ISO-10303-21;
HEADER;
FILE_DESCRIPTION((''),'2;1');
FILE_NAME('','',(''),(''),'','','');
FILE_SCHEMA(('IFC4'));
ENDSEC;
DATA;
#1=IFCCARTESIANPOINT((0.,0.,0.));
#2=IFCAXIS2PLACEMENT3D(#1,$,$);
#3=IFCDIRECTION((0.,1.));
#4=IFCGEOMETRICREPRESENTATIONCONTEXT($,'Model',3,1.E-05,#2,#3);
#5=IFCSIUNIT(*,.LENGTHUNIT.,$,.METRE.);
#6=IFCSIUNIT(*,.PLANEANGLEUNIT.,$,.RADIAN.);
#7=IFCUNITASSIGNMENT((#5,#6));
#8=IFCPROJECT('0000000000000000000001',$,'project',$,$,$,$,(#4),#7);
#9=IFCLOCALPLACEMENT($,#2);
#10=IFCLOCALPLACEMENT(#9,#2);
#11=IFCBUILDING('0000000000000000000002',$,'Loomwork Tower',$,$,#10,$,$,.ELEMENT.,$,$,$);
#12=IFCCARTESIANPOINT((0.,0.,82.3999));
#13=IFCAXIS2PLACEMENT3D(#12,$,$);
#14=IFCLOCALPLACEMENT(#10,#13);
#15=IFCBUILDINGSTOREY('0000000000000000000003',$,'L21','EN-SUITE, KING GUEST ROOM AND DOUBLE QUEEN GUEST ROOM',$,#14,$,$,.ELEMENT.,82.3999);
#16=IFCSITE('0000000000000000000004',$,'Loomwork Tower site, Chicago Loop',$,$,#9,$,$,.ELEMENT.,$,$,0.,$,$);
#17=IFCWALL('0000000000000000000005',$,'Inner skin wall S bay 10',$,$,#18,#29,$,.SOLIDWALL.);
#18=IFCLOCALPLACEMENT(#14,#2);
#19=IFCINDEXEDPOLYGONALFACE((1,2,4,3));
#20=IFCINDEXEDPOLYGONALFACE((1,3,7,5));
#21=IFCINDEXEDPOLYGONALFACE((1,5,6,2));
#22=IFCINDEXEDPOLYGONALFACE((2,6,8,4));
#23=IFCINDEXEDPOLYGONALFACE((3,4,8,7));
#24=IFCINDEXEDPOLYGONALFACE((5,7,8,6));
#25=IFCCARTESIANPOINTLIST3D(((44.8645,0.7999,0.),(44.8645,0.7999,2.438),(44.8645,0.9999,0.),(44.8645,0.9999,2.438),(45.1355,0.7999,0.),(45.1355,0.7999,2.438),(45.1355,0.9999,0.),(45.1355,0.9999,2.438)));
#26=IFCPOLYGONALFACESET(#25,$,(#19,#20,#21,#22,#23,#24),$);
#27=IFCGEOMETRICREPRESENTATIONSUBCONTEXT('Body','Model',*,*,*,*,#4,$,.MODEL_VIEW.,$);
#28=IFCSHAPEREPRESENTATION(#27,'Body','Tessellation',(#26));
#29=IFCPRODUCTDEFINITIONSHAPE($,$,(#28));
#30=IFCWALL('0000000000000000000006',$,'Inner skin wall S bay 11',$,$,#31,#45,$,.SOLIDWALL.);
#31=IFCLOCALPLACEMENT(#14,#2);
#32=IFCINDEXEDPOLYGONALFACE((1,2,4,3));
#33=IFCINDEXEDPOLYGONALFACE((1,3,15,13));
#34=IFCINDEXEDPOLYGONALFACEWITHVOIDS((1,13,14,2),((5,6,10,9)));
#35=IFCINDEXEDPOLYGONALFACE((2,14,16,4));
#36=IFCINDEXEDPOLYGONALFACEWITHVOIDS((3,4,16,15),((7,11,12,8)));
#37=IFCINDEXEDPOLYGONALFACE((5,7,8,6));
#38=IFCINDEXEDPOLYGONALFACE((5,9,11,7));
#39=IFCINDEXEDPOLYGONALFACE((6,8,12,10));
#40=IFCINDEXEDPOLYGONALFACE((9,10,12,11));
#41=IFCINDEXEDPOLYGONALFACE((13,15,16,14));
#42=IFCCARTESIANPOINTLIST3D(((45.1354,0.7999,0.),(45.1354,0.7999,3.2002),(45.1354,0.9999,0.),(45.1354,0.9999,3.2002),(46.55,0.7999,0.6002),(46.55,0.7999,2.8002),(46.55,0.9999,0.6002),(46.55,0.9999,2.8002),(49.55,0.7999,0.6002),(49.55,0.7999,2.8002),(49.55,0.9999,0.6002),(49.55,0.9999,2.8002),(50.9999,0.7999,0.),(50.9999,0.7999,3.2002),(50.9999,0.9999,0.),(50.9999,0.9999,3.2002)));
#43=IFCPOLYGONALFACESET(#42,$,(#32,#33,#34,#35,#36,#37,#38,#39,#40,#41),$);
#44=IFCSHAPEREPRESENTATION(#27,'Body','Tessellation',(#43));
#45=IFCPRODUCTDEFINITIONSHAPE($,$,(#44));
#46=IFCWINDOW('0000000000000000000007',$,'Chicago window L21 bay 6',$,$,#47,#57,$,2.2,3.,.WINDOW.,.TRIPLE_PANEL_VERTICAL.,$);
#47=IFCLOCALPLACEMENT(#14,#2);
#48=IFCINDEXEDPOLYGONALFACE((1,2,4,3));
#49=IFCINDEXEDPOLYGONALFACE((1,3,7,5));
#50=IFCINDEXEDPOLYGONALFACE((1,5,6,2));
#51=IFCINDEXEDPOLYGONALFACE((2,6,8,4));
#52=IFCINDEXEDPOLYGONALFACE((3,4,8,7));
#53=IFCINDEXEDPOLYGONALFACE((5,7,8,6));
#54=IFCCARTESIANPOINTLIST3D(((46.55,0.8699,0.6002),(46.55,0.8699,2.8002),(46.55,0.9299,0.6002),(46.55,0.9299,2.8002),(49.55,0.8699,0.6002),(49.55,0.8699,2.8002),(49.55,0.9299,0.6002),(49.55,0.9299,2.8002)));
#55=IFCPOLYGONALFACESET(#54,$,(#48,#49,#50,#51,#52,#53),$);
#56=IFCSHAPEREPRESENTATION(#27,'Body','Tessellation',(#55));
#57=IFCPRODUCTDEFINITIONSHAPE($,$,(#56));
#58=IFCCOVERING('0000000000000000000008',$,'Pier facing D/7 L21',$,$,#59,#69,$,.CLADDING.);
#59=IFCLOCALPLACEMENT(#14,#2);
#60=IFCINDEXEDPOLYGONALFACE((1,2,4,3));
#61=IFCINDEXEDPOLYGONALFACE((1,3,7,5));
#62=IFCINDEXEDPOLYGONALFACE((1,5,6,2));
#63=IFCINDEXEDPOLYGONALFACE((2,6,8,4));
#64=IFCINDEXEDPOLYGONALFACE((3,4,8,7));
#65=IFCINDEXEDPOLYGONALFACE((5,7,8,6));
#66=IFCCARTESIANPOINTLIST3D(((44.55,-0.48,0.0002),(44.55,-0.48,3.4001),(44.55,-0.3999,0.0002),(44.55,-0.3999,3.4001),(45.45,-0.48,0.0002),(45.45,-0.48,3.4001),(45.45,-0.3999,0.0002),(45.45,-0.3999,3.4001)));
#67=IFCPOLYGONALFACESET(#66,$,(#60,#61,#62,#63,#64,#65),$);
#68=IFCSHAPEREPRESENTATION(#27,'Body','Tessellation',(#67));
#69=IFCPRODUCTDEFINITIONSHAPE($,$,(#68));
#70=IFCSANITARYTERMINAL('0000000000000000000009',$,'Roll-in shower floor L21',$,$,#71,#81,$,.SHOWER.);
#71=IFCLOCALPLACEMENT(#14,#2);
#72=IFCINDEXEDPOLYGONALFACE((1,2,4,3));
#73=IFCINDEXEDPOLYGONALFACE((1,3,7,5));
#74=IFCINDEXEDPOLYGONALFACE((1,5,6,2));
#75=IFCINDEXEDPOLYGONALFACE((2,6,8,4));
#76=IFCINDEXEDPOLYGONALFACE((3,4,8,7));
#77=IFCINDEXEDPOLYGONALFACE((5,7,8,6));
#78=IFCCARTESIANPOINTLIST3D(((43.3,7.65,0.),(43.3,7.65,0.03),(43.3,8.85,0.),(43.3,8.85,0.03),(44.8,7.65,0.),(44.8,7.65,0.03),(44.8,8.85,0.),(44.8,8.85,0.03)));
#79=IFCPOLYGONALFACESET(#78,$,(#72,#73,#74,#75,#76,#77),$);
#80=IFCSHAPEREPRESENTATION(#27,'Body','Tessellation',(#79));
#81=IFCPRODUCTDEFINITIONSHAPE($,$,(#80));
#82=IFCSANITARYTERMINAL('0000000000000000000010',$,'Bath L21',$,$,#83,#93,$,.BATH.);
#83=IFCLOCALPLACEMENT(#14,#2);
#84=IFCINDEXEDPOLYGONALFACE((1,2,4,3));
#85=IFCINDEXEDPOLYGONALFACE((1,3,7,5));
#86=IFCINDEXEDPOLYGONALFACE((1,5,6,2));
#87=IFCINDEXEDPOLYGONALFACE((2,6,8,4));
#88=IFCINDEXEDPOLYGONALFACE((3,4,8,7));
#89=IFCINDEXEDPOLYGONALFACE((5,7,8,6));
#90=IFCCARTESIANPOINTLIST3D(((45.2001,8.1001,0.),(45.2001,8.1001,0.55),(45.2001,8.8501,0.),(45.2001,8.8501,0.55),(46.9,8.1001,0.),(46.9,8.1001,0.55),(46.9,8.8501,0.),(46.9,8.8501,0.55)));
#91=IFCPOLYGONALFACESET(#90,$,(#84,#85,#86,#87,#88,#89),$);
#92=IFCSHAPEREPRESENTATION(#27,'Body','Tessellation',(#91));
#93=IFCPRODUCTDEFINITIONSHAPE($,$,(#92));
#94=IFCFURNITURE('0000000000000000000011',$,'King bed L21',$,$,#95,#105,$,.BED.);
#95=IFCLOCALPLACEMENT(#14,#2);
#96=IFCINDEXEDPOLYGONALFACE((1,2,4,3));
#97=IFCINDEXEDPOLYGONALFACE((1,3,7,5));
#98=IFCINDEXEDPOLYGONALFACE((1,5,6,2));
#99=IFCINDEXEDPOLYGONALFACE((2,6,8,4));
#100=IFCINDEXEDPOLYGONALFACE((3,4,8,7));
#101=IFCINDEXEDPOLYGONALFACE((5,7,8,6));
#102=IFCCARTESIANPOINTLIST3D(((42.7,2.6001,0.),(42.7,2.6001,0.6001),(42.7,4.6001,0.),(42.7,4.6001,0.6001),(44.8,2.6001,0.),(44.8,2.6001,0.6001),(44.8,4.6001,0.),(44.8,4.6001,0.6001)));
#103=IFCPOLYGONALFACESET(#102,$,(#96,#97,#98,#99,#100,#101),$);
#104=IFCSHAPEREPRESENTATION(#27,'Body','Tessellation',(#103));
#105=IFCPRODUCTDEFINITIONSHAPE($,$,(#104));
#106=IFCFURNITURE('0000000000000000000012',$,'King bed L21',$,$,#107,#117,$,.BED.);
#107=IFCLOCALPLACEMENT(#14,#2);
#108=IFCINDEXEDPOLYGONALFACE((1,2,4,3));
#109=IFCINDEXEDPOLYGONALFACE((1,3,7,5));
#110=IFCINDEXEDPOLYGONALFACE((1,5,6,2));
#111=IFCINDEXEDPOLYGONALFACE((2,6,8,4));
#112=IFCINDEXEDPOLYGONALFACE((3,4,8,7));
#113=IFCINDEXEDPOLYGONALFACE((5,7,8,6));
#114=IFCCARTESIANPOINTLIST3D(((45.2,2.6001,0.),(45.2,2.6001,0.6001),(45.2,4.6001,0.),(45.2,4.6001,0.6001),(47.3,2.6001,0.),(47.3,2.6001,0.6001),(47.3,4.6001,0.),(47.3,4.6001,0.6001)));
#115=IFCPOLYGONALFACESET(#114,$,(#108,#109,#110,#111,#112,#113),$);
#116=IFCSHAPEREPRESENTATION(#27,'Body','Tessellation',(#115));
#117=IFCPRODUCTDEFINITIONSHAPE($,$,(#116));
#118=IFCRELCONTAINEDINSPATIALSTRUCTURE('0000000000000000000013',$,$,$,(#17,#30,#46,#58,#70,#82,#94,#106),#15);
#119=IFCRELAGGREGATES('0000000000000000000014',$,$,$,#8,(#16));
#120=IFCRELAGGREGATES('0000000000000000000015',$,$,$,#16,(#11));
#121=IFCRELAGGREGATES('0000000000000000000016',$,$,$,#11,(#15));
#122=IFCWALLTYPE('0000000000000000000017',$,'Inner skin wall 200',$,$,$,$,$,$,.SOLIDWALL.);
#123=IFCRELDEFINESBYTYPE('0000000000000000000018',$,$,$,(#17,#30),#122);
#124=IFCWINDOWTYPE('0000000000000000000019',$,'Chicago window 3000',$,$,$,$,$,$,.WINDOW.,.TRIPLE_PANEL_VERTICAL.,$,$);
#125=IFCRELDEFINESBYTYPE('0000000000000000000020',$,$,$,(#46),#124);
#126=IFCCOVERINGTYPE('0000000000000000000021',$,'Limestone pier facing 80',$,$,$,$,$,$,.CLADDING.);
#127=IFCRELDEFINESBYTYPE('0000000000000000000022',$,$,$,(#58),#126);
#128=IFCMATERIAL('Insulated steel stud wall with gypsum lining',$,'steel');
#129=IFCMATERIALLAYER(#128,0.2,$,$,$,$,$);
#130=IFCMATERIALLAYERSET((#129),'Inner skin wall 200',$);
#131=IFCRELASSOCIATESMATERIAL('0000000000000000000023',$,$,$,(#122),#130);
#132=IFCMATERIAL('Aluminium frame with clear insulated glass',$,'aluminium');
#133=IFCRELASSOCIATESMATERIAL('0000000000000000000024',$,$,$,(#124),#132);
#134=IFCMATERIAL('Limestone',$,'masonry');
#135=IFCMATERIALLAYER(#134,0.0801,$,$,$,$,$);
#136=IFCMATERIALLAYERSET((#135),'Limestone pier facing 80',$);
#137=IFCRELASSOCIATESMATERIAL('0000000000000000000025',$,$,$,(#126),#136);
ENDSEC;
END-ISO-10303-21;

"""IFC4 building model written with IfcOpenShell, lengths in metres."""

from ifc_helpers import new_model, si_unit, direction, frame, frame_2d, origin, origin_2d, place, context, subcontext, project, spatial, rectangle, extrude, material, layer, layer_set, type_object, element, fill, save


model = new_model("IFC4")

# Units and contexts
model_context = context("Model", 3, precision=1e-05, world=origin(), true_north=direction((0.0, 1.0)))
body_context = subcontext(model_context, "Body", "Model", "MODEL_VIEW")
ifc_project = project(units=[si_unit("LENGTHUNIT", "METRE"), si_unit("PLANEANGLEUNIT", "RADIAN")], contexts=[model_context])

# Site, building, storey
site_placement = place(None, origin())
site = spatial("IfcSite", under=ifc_project, at=site_placement, Name="Loomwork Tower site, Chicago Loop", CompositionType="ELEMENT", RefElevation=0.0)
building_placement = place(site_placement, origin())
building = spatial("IfcBuilding", under=site, at=building_placement, Name="Loomwork Tower", CompositionType="ELEMENT")
storey_placement = place(building_placement, frame((0.0, 0.0, 82.3999)))
storey = spatial("IfcBuildingStorey", under=building, at=storey_placement, Name="L21", Description="EN-SUITE, KING GUEST ROOM AND DOUBLE QUEEN GUEST ROOM", CompositionType="ELEMENT", Elevation=82.3999)

# Wall
ifc_material_1 = material(Name="Insulated steel stud wall with gypsum lining", Category="steel")
ifc_layer_1 = layer(ifc_material_1, 0.2)
ifc_layer_set_1 = layer_set([ifc_layer_1], Name="Inner skin wall 200")
wall_type_1 = type_object("IfcWallType", Name="Inner skin wall 200", PredefinedType="SOLIDWALL", material=ifc_layer_set_1)
wall_1_placement = place(storey_placement, frame((44.8645, 0.8999, 0.0), z_axis=(0.0, 0.0, 1.0), x_axis=(1.0, 0.0, 0.0)))
element("IfcWall", 1, at=wall_1_placement, inside=storey, type_object=wall_type_1, Name="Inner skin wall S bay 10", PredefinedType="SOLIDWALL", context=body_context, shape_type="SweptSolid", body=[
    extrude(rectangle(XDim=0.271, YDim=0.2, at=frame_2d((0.1355, 0.0))), origin(), (0.0, 0.0, 1.0), 2.438),
])

# Wall, opening, window
wall_2_placement = place(storey_placement, frame((45.1355, 0.8999, 0.0), z_axis=(0.0, 0.0, 1.0), x_axis=(1.0, 0.0, 0.0)))
wall_2 = element("IfcWall", 2, at=wall_2_placement, inside=storey, type_object=wall_type_1, Name="Inner skin wall S bay 11", PredefinedType="SOLIDWALL", context=body_context, shape_type="SweptSolid", body=[
    extrude(rectangle(XDim=5.8645, YDim=0.2, at=frame_2d((2.9321, 0.0))), origin(), (0.0, 0.0, 1.0), 3.2002),
])
opening_placement = place(wall_2_placement, frame((1.4146, 0.0, 0.6001)))
opening = element("IfcOpeningElement", 3, at=opening_placement, cuts=wall_2, PredefinedType="OPENING", context=body_context, shape_type="SweptSolid", body=[
    extrude(rectangle(XDim=3.0, YDim=2.2, at=frame_2d((1.5, 1.1001))), frame((0.0, 0.1099, 0.0), z_axis=(0.0, -1.0, 0.0), x_axis=(1.0, 0.0, 0.0)), (0.0, 0.0, 1.0), 0.22),
])
ifc_material_2 = material(Name="Aluminium frame with clear insulated glass", Category="aluminium")
window_type = type_object("IfcWindowType", Name="Chicago window 3000", PartitioningType="TRIPLE_PANEL_VERTICAL", PredefinedType="WINDOW", material=ifc_material_2)
window_placement = place(opening_placement, origin())
window = element("IfcWindow", 4, at=window_placement, inside=storey, type_object=window_type, Name="Chicago window L21 bay 6", OverallHeight=2.2, OverallWidth=3.0, PartitioningType="TRIPLE_PANEL_VERTICAL", PredefinedType="WINDOW", context=body_context, shape_type="SweptSolid", body=[
    extrude(rectangle(XDim=3.0, YDim=2.2, at=frame_2d((1.5, 1.1001))), frame((0.0, 0.03, 0.0), z_axis=(0.0, -1.0, 0.0), x_axis=(1.0, 0.0, 0.0)), (0.0, 0.0, 1.0), 0.0601),
])
fill(opening, window)

# Covering
ifc_material_3 = material(Name="Limestone", Category="masonry")
ifc_layer_2 = layer(ifc_material_3, 0.0801)
ifc_layer_set_2 = layer_set([ifc_layer_2], Name="Limestone pier facing 80")
covering_type = type_object("IfcCoveringType", Name="Limestone pier facing 80", PredefinedType="CLADDING", material=ifc_layer_set_2)
covering_placement = place(storey_placement, frame((45.0, -0.4399, 0.0002), z_axis=(0.0, 0.0, 1.0), x_axis=(1.0, 0.0, 0.0)))
element("IfcCovering", 5, at=covering_placement, inside=storey, type_object=covering_type, Name="Pier facing D/7 L21", PredefinedType="CLADDING", context=body_context, shape_type="SweptSolid", body=[
    extrude(rectangle(XDim=0.8999, YDim=0.0801, at=origin_2d()), origin(), (0.0, 0.0, 1.0), 3.3999),
])

# Sanitary terminals
sanitary_terminal_1_placement = place(storey_placement, frame((44.05, 8.25, 0.0), z_axis=(0.0, 0.0, 1.0), x_axis=(1.0, 0.0, 0.0)))
element("IfcSanitaryTerminal", 6, at=sanitary_terminal_1_placement, inside=storey, Name="Roll-in shower floor L21", PredefinedType="SHOWER", context=body_context, shape_type="SweptSolid", body=[
    extrude(rectangle(XDim=1.5, YDim=1.2, at=origin_2d()), origin(), (0.0, 0.0, 1.0), 0.03),
])
sanitary_terminal_2_placement = place(storey_placement, frame((46.05, 8.4751, 0.0), z_axis=(0.0, 0.0, 1.0), x_axis=(1.0, 0.0, 0.0)))
element("IfcSanitaryTerminal", 7, at=sanitary_terminal_2_placement, inside=storey, Name="Bath L21", PredefinedType="BATH", context=body_context, shape_type="SweptSolid", body=[
    extrude(rectangle(XDim=1.7, YDim=0.75, at=origin_2d()), origin(), (0.0, 0.0, 1.0), 0.55),
])

# Furniture
for number, where, z_axis, x_axis, name in (
    (8, (43.75, 3.6001, 0.0), (0.0, 0.0, 1.0), (1.0, 0.0, 0.0), "King bed L21"),
    (9, (46.25, 3.6001, 0.0), (0.0, 0.0, 1.0), (1.0, 0.0, 0.0), "King bed L21"),
):
    element("IfcFurniture", number, at=place(storey_placement, frame(where, z_axis=z_axis, x_axis=x_axis)), inside=storey, Name=name, PredefinedType="BED", context=body_context, shape_type="SweptSolid", body=[
        extrude(rectangle(XDim=2.1001, YDim=2.0, at=origin_2d()), origin(), (0.0, 0.0, 1.0), 0.6001),
    ])

save(model, "model.ifc")
